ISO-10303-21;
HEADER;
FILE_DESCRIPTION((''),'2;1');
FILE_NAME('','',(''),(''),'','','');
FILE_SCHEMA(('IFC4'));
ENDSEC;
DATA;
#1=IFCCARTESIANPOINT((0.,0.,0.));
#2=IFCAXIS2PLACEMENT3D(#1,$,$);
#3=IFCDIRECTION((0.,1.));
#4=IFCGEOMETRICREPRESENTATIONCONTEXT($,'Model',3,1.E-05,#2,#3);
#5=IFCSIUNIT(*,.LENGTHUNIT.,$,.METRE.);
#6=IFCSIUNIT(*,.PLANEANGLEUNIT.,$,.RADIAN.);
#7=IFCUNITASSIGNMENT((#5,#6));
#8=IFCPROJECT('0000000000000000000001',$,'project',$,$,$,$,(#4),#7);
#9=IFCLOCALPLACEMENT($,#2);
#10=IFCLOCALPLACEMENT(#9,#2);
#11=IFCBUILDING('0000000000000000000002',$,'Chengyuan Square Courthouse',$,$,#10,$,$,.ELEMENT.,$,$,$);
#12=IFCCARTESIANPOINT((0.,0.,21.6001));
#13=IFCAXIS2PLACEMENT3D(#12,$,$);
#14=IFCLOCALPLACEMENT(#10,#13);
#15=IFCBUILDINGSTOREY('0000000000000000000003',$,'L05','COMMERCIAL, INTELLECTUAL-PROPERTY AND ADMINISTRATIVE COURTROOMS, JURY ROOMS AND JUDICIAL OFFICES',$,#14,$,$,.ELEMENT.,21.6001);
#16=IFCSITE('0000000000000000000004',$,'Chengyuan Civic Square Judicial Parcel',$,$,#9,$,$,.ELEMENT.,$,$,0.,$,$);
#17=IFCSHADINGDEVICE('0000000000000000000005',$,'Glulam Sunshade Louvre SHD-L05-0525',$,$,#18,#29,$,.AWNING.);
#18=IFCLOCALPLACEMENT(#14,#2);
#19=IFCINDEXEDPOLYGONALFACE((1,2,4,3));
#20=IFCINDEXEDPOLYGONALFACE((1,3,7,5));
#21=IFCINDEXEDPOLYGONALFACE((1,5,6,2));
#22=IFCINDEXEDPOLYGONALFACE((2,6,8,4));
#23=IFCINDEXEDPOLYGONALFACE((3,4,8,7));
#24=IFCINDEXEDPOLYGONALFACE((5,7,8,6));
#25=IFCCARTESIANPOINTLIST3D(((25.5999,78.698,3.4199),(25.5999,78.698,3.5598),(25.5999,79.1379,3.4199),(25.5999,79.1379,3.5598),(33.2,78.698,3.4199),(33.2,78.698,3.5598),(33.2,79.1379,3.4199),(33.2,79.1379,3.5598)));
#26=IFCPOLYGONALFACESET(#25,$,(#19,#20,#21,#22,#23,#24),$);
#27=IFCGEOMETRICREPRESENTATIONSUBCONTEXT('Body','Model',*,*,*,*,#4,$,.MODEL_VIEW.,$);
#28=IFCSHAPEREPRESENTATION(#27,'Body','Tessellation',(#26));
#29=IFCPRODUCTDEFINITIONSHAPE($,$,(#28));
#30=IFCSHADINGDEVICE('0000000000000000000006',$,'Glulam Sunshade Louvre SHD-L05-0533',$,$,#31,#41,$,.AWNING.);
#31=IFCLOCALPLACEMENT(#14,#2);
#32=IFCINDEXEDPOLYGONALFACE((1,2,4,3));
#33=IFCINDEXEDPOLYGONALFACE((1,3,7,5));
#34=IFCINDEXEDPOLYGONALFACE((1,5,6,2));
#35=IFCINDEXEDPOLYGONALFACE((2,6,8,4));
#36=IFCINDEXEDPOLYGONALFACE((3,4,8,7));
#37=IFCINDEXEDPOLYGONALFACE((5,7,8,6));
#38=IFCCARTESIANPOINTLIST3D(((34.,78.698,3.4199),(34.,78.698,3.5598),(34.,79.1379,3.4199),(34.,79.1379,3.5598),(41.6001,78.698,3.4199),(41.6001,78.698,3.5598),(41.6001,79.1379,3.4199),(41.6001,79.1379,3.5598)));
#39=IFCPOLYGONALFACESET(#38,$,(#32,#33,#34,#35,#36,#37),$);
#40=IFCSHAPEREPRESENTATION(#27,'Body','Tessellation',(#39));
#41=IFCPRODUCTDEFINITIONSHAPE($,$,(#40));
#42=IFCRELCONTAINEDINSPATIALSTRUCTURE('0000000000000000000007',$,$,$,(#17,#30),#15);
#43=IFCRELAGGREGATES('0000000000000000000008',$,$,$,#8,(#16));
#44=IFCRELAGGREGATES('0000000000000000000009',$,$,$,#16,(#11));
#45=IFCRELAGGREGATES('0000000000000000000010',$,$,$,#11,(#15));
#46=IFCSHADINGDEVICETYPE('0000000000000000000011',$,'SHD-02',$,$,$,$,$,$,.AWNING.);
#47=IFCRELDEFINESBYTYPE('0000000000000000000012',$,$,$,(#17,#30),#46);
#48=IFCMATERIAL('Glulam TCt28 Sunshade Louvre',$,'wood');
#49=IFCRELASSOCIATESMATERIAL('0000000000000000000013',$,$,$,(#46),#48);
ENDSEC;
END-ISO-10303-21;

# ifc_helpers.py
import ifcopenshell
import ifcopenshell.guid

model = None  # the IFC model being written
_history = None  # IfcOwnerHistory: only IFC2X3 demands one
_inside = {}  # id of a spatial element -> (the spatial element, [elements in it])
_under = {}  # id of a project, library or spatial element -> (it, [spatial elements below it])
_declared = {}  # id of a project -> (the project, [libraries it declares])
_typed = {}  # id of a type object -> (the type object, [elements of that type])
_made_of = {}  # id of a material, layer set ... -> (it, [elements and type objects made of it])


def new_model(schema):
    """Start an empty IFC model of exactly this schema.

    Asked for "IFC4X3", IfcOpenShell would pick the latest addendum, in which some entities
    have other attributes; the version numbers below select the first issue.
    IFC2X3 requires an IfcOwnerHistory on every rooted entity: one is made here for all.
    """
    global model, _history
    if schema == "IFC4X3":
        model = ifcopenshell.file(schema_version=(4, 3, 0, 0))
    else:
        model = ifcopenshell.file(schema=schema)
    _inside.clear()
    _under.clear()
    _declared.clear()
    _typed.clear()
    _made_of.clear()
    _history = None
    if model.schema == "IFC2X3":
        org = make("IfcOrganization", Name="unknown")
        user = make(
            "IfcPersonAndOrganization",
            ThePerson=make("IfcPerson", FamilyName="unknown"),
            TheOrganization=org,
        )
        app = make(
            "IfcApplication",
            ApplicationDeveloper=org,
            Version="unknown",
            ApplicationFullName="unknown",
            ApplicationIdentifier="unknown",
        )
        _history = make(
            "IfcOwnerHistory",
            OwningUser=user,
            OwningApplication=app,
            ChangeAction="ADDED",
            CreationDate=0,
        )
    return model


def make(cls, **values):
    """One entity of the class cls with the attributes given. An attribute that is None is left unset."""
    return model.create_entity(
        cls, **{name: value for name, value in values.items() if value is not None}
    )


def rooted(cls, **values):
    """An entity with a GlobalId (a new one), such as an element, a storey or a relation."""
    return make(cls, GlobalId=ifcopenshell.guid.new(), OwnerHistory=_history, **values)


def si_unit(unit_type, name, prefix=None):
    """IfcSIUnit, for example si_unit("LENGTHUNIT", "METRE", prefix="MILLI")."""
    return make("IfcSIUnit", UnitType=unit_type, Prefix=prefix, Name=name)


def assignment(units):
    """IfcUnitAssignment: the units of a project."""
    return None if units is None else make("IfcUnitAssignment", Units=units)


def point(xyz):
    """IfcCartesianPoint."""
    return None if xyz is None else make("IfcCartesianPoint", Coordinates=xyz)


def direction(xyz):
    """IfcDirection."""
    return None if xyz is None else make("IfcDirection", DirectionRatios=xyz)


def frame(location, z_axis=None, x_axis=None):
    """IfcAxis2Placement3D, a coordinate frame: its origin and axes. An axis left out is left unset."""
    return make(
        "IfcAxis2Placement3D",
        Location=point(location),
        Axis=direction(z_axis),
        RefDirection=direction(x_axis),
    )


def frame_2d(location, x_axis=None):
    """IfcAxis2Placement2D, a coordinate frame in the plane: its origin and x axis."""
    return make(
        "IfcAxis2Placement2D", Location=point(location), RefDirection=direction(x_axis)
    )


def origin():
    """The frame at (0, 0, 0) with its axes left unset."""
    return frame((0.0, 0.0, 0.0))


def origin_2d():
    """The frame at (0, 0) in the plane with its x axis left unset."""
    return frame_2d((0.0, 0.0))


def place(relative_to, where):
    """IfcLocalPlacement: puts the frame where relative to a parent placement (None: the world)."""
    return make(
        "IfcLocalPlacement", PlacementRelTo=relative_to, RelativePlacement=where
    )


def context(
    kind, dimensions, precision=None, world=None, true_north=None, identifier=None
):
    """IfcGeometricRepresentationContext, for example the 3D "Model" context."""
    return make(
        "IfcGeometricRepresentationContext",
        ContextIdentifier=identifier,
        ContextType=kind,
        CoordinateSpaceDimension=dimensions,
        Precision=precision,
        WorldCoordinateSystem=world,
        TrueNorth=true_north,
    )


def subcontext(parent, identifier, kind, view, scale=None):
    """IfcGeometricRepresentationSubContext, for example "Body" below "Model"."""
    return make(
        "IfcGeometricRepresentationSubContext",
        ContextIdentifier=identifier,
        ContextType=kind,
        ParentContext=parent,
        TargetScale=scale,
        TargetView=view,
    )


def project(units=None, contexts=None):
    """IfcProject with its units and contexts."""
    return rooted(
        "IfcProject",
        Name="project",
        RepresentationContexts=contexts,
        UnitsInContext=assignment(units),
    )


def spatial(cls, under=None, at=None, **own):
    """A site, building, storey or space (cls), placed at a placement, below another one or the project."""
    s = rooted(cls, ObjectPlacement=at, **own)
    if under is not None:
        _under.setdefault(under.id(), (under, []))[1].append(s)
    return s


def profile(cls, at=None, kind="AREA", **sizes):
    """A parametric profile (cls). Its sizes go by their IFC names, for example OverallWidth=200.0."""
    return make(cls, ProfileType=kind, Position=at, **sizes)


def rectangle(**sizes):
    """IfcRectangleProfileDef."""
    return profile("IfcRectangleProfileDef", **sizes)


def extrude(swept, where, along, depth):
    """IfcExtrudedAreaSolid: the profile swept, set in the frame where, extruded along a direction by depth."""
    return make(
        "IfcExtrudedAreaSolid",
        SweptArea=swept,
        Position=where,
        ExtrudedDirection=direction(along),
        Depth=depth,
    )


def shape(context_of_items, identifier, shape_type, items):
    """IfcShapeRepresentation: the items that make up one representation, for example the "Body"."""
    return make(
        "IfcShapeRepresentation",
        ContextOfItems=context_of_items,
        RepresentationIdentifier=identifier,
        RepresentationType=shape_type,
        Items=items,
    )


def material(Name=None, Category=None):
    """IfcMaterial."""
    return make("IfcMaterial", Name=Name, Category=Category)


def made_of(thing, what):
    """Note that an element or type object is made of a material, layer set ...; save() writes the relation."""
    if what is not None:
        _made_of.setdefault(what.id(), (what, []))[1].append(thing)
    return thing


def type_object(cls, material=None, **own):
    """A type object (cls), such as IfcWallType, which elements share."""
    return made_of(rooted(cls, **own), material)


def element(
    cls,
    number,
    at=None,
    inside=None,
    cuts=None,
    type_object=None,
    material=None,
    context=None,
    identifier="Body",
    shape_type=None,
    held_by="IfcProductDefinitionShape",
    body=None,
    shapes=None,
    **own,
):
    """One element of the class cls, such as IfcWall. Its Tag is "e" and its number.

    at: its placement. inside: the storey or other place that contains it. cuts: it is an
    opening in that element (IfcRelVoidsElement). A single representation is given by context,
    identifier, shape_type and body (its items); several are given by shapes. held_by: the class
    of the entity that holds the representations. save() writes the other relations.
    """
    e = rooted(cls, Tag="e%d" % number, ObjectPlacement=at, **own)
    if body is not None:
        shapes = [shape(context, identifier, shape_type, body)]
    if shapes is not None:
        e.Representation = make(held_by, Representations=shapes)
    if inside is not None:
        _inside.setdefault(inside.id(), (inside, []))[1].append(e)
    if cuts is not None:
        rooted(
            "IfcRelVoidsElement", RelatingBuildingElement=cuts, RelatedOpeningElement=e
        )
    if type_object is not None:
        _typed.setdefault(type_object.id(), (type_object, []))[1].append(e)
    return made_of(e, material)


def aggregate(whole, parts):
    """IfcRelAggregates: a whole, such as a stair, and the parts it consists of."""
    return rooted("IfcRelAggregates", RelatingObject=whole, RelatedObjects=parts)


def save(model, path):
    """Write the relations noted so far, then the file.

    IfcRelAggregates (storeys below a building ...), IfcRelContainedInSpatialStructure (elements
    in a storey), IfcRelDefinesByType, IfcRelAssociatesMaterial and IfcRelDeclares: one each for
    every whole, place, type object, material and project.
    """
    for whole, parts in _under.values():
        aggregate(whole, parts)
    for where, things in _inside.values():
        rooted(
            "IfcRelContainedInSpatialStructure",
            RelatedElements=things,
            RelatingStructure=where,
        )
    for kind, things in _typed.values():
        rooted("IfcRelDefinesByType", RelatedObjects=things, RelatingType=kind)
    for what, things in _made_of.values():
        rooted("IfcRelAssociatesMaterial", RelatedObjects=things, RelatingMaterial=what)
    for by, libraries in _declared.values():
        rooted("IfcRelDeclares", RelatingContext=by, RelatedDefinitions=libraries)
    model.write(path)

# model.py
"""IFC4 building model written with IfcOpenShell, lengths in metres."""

from ifc_helpers import new_model, si_unit, direction, frame, origin, origin_2d, place, context, subcontext, project, spatial, rectangle, extrude, material, type_object, element, save


model = new_model("IFC4")

# Units and contexts
model_context = context("Model", 3, precision=1e-05, world=origin(), true_north=direction((0.0, 1.0)))
body_context = subcontext(model_context, "Body", "Model", "MODEL_VIEW")
ifc_project = project(units=[si_unit("LENGTHUNIT", "METRE"), si_unit("PLANEANGLEUNIT", "RADIAN")], contexts=[model_context])

# Site, building, storey
site_placement = place(None, origin())
site = spatial("IfcSite", under=ifc_project, at=site_placement, Name="Chengyuan Civic Square Judicial Parcel", CompositionType="ELEMENT", RefElevation=0.0)
building_placement = place(site_placement, origin())
building = spatial("IfcBuilding", under=site, at=building_placement, Name="Chengyuan Square Courthouse", CompositionType="ELEMENT")
storey_placement = place(building_placement, frame((0.0, 0.0, 21.6001)))
storey = spatial("IfcBuildingStorey", under=building, at=storey_placement, Name="L05", Description="COMMERCIAL, INTELLECTUAL-PROPERTY AND ADMINISTRATIVE COURTROOMS, JURY ROOMS AND JUDICIAL OFFICES", CompositionType="ELEMENT", Elevation=21.6001)

# Shading devices
ifc_material_1 = material(Name="Glulam TCt28 Sunshade Louvre", Category="wood")
shading_device_type_1 = type_object("IfcShadingDeviceType", Name="SHD-02", PredefinedType="AWNING", material=ifc_material_1)
for number, where, z_axis, x_axis, name in (
    (1, (29.3999, 78.918, 3.4199), (0.0, 0.0, 1.0), (1.0, 0.0, 0.0), "Glulam Sunshade Louvre SHD-L05-0525"),
    (2, (37.8, 78.918, 3.4199), (0.0, 0.0, 1.0), (1.0, 0.0, 0.0), "Glulam Sunshade Louvre SHD-L05-0533"),
):
    element("IfcShadingDevice", number, at=place(storey_placement, frame(where, z_axis=z_axis, x_axis=x_axis)), inside=storey, type_object=shading_device_type_1, Name=name, PredefinedType="AWNING", context=body_context, shape_type="SweptSolid", body=[
        extrude(rectangle(XDim=7.6001, YDim=0.4399, at=origin_2d()), origin(), (0.0, 0.0, 1.0), 0.1399),
    ])

save(model, "model.ifc")
